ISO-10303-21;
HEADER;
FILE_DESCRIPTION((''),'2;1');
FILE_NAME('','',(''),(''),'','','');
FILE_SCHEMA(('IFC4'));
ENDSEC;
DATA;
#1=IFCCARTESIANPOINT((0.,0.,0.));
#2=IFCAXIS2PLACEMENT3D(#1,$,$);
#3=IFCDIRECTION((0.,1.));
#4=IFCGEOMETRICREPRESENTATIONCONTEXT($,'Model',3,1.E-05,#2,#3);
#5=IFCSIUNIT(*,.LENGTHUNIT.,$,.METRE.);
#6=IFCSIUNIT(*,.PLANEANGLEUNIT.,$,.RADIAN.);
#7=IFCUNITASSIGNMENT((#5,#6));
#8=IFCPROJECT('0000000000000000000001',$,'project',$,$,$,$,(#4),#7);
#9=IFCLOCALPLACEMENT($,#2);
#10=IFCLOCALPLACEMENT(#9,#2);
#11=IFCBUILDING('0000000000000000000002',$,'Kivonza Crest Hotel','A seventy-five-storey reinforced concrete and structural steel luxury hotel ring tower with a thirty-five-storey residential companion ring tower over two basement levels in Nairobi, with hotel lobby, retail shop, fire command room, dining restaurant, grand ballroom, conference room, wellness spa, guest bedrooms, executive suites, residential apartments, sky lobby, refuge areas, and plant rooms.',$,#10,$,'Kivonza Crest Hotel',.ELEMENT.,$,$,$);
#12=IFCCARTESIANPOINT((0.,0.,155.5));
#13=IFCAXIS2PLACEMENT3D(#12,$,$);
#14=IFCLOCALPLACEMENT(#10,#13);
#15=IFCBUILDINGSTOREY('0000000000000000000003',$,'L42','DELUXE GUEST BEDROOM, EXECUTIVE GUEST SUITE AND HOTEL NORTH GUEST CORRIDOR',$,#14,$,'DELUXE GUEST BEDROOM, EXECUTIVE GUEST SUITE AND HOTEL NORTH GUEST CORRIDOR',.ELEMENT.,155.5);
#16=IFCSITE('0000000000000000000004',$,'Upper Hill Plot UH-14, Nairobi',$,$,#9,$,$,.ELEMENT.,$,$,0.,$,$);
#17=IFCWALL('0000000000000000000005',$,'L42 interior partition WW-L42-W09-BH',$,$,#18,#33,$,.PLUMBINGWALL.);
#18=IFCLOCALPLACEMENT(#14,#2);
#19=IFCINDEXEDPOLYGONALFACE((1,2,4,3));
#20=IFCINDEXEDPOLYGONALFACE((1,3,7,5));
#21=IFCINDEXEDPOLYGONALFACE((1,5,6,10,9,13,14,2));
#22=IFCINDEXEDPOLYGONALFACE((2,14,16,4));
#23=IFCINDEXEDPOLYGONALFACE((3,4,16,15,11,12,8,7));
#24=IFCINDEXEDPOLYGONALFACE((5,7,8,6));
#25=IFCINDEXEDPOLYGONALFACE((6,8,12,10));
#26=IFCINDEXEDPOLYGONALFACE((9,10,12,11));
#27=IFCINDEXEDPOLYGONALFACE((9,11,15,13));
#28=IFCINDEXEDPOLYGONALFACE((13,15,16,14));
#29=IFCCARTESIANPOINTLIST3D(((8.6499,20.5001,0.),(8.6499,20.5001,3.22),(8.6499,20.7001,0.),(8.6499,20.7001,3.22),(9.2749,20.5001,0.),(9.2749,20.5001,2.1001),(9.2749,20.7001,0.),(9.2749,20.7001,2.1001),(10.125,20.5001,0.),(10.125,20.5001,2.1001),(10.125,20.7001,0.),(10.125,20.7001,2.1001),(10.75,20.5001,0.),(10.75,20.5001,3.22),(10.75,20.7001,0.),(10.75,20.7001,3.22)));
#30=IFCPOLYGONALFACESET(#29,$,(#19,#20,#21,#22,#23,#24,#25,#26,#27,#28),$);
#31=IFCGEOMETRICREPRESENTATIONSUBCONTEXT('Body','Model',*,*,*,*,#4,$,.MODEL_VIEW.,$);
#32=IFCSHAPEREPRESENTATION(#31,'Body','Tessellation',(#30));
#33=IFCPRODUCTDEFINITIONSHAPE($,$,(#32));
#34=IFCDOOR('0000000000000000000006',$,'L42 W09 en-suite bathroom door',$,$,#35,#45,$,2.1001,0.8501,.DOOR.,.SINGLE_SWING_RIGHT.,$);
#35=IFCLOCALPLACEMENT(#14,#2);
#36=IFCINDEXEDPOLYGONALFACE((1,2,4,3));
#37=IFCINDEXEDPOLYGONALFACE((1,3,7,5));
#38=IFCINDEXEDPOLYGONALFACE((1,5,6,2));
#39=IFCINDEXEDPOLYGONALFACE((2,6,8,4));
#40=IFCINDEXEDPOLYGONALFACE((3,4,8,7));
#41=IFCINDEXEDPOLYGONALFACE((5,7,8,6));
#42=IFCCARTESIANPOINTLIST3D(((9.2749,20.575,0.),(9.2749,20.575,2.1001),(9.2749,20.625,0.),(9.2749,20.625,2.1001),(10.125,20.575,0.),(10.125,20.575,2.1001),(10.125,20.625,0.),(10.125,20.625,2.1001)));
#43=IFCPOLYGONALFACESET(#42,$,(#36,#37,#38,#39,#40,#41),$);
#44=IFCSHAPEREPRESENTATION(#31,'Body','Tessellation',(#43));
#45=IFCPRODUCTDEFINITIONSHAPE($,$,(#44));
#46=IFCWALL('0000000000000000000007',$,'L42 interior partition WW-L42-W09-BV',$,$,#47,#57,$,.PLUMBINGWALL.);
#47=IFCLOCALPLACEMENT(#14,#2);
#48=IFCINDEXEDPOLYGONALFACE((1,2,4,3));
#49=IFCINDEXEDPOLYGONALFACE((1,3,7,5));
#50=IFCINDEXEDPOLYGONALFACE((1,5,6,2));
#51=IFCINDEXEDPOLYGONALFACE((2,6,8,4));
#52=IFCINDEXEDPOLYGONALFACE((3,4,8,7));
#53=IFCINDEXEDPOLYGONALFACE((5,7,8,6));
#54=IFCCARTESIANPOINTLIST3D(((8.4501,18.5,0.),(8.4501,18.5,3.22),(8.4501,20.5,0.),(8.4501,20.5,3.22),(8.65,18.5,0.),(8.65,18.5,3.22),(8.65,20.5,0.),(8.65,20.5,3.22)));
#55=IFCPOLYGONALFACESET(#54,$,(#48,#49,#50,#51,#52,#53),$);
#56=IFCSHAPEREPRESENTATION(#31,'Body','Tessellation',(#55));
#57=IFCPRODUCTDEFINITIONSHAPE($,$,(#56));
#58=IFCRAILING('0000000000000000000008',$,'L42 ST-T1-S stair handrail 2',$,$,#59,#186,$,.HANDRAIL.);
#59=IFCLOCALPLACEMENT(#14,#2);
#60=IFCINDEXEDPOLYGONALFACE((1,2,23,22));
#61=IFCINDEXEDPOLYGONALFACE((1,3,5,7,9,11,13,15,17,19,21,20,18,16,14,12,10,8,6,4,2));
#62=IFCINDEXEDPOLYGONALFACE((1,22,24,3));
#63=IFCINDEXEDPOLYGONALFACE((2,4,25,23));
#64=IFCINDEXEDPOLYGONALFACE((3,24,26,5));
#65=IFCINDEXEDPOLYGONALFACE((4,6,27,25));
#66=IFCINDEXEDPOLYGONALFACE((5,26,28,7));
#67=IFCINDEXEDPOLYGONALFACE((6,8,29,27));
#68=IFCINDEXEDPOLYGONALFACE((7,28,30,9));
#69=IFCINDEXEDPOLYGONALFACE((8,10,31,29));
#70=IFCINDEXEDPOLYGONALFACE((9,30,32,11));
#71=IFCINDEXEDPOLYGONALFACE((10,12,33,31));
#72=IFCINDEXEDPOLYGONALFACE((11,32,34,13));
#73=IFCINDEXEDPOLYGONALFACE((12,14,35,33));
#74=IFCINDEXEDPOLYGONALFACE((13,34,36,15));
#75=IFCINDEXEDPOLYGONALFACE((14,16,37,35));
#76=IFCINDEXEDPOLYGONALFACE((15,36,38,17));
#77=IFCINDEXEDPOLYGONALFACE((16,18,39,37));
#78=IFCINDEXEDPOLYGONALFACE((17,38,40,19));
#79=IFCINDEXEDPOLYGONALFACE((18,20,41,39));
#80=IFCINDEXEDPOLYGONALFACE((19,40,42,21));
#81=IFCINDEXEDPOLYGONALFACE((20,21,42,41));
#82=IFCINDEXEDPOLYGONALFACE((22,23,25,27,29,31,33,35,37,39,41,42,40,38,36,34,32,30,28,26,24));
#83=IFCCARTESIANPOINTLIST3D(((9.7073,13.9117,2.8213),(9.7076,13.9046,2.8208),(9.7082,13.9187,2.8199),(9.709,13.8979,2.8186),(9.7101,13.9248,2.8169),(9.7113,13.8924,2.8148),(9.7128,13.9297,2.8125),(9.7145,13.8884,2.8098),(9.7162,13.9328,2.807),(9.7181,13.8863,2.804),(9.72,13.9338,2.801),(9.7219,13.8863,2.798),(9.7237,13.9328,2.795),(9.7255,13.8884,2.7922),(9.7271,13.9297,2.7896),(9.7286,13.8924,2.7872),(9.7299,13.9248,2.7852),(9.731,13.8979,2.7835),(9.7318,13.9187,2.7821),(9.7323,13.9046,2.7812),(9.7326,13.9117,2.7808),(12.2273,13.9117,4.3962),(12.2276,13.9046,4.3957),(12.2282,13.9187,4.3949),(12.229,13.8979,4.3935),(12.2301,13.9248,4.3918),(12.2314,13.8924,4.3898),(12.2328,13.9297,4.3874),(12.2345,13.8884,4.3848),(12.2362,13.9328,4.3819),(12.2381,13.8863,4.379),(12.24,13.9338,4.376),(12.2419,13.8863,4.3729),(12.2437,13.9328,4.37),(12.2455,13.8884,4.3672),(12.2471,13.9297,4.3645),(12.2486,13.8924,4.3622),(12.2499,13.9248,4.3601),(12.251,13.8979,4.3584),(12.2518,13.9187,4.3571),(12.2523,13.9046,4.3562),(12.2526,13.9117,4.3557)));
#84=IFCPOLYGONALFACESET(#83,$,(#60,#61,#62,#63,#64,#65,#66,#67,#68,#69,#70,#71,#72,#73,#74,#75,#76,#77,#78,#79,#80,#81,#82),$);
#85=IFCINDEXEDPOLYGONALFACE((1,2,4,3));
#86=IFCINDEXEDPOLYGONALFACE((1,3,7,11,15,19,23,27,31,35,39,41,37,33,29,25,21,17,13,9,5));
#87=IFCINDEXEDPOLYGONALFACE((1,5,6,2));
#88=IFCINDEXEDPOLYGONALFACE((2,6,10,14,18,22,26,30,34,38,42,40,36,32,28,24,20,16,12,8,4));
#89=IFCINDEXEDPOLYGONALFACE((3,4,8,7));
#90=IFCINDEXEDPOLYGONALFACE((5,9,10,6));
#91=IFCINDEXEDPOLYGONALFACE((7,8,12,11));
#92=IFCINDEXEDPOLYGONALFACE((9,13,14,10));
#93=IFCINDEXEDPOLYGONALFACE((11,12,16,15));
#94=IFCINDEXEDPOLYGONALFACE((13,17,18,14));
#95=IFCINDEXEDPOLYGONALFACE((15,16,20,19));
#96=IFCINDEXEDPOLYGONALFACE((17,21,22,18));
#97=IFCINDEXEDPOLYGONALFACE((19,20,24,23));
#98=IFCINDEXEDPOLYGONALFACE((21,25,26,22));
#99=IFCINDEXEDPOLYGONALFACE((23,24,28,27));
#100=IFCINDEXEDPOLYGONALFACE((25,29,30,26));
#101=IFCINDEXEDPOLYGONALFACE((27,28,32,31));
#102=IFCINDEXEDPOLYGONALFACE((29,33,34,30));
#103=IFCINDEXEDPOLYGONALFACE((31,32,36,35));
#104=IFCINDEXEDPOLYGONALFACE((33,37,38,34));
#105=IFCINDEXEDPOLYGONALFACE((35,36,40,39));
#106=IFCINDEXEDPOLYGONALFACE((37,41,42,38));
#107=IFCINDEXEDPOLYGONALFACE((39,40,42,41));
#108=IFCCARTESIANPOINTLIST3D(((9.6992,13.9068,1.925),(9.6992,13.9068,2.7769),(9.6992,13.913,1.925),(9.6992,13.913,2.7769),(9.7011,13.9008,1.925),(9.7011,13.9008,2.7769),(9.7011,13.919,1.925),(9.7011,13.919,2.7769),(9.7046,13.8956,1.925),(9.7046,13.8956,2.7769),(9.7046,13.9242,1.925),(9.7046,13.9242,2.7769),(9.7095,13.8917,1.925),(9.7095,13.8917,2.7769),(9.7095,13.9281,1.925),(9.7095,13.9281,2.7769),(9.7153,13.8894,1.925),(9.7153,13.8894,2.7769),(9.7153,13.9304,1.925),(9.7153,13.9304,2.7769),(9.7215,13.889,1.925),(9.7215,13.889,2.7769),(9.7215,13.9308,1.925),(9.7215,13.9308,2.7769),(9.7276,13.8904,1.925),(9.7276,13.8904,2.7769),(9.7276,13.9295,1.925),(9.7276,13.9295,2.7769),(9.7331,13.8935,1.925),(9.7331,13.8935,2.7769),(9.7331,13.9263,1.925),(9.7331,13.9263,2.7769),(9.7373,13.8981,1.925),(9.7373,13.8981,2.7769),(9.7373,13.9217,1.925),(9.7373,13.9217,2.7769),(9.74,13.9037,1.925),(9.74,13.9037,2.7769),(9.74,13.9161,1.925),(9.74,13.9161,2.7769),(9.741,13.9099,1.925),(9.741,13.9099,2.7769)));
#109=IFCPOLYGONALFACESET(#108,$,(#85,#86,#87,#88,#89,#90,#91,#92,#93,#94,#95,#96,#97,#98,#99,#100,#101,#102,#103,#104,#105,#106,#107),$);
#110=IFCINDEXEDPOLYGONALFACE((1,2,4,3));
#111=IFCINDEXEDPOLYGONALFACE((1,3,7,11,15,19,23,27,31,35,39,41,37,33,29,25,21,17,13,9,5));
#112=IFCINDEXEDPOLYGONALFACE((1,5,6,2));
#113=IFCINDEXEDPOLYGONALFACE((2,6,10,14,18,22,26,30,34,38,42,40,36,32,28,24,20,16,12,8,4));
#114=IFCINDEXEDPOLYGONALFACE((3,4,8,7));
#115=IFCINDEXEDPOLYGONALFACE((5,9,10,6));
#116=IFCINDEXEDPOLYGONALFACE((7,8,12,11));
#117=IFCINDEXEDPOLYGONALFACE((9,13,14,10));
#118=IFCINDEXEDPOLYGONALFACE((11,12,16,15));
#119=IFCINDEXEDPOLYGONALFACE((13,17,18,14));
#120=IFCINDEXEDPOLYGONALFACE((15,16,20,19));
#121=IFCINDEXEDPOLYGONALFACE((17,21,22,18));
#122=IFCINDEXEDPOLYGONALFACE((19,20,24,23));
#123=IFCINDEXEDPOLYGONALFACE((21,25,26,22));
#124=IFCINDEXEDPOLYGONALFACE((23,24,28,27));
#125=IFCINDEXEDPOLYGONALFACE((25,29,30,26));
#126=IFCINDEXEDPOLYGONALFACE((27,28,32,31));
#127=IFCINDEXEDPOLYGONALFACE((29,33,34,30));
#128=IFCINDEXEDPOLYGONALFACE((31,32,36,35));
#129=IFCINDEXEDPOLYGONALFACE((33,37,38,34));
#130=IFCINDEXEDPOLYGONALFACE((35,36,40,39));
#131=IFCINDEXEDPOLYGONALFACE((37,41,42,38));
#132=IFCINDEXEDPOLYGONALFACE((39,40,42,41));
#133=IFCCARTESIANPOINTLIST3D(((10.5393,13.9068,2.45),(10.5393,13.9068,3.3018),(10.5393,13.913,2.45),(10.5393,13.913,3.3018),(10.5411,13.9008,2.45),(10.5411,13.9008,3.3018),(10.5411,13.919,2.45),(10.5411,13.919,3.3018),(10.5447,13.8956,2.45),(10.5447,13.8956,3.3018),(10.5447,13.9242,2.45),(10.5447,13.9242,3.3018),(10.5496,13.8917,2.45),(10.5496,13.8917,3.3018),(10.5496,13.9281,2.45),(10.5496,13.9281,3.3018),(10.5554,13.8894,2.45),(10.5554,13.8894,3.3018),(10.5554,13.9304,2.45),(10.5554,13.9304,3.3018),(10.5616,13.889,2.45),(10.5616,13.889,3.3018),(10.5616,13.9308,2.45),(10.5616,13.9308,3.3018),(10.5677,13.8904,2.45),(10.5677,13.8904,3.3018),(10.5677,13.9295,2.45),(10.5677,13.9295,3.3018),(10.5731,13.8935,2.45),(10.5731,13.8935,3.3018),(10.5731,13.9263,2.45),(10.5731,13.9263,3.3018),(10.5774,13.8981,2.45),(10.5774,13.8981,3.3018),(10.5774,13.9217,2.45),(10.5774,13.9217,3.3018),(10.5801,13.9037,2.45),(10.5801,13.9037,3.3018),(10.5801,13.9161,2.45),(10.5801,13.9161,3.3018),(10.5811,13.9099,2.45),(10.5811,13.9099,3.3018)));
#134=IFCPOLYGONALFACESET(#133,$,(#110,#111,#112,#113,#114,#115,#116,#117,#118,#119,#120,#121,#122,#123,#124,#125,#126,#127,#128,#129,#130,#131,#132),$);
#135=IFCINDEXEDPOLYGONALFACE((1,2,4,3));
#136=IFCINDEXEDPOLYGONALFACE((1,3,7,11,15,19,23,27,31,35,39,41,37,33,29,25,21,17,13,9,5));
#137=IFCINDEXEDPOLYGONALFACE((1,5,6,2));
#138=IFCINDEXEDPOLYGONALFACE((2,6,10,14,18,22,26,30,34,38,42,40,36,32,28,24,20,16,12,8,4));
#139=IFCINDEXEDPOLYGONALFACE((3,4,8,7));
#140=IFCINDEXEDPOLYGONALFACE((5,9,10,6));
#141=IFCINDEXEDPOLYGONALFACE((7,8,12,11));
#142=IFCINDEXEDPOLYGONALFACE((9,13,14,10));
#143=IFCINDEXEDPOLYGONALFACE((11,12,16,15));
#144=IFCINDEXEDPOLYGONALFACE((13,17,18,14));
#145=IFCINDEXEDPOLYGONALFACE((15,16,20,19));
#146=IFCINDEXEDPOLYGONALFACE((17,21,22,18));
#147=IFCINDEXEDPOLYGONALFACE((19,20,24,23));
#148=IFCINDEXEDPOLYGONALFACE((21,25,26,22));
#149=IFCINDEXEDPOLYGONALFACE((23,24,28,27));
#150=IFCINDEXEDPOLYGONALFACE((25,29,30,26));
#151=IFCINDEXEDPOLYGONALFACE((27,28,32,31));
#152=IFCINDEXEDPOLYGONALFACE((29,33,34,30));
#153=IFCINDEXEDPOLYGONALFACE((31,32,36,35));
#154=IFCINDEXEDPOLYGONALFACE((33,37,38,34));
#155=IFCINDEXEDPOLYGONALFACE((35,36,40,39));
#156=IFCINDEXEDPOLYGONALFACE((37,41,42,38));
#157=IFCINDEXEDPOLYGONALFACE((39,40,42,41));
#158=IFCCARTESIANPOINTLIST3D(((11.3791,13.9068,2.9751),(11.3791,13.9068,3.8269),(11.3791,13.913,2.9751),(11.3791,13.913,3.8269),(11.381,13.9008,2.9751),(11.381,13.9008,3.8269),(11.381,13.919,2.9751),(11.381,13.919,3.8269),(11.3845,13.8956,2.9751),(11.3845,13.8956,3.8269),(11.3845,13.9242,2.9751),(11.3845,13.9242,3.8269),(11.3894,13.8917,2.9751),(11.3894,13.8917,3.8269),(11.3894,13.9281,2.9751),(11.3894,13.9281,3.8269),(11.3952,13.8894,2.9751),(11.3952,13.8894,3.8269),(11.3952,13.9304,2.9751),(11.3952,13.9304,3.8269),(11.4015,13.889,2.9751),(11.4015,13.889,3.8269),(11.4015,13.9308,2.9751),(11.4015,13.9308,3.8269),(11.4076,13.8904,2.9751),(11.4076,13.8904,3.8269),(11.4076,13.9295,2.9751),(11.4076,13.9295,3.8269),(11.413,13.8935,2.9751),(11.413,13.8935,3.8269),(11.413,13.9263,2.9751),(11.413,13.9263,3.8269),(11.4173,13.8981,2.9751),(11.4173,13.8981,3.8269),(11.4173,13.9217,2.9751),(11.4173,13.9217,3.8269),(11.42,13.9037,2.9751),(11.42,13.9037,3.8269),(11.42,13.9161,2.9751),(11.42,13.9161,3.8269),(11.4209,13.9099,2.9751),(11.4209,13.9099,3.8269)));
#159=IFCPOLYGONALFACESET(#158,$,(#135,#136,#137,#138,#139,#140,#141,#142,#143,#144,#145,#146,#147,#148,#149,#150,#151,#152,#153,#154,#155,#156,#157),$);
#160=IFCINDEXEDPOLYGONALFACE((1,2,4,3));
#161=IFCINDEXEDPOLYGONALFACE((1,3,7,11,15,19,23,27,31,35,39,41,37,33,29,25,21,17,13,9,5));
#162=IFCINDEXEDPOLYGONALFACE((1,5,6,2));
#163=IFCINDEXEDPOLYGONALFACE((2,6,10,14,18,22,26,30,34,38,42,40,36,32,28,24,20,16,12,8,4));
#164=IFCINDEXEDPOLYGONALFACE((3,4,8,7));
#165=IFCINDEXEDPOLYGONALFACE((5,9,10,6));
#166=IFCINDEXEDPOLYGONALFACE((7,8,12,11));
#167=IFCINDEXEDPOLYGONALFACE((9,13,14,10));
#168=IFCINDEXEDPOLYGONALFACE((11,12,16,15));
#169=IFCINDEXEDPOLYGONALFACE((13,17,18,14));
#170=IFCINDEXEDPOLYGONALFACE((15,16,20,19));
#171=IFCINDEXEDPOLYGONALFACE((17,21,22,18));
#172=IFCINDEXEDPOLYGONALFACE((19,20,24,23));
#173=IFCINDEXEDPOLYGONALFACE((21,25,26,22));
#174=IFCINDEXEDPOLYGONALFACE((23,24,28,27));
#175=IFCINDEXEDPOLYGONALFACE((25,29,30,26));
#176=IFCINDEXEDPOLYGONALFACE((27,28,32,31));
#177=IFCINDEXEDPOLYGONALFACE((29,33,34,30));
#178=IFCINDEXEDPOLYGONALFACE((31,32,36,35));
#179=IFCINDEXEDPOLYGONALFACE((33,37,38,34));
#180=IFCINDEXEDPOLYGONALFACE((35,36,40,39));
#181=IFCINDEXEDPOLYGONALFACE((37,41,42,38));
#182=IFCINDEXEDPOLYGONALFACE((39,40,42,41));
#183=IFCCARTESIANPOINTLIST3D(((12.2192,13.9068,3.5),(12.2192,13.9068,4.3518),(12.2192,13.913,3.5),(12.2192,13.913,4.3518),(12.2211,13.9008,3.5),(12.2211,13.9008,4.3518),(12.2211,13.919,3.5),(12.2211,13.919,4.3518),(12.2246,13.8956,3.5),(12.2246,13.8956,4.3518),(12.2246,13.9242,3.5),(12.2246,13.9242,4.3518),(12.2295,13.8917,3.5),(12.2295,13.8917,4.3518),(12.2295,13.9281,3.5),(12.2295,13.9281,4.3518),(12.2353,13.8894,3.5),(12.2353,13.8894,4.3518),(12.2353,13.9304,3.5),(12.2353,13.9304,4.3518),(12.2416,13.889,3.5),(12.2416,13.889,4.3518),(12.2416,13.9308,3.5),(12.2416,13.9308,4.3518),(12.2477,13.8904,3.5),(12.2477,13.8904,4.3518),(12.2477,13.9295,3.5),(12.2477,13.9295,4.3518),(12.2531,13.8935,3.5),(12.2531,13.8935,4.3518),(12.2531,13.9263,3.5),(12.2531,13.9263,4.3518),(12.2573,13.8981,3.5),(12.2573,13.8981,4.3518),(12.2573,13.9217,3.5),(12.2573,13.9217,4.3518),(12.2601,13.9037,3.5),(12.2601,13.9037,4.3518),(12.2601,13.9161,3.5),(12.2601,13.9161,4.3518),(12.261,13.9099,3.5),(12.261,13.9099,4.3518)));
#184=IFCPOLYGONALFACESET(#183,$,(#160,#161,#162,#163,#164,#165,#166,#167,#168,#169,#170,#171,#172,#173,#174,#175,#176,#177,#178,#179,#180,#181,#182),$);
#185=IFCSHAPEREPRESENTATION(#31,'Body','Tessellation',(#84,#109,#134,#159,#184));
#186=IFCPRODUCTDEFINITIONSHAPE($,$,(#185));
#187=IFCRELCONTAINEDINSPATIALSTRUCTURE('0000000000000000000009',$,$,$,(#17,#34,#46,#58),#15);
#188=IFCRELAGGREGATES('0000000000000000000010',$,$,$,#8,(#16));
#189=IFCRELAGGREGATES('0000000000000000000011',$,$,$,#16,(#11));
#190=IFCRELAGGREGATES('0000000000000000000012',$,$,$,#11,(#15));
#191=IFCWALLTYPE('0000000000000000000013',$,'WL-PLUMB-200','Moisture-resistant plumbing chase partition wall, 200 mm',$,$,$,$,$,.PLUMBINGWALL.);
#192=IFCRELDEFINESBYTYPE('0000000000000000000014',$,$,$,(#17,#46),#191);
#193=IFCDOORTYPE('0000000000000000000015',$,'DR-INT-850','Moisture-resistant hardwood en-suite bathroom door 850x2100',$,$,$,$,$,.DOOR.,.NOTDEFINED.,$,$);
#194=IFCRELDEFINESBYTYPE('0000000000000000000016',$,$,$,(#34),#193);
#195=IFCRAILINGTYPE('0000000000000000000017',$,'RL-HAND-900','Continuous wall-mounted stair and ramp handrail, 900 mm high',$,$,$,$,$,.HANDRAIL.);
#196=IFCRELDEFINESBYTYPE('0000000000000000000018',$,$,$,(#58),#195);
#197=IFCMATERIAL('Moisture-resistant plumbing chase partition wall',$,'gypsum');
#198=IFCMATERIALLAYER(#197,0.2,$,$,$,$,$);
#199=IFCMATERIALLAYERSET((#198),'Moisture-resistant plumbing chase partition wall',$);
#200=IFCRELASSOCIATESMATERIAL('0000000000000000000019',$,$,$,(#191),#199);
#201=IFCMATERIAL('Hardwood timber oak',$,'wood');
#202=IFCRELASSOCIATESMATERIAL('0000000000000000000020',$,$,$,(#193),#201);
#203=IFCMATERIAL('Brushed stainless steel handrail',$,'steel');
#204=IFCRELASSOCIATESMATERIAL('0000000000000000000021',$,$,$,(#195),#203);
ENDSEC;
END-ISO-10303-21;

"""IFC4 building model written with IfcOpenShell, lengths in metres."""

from ifc_helpers import new_model, si_unit, direction, frame, frame_2d, origin, origin_2d, place, context, subcontext, project, spatial, rectangle, circle, extrude, material, layer, layer_set, type_object, element, fill, save


model = new_model("IFC4")

# Units and contexts
model_context = context("Model", 3, precision=1e-05, world=origin(), true_north=direction((0.0, 1.0)))
body_context = subcontext(model_context, "Body", "Model", "MODEL_VIEW")
ifc_project = project(units=[si_unit("LENGTHUNIT", "METRE"), si_unit("PLANEANGLEUNIT", "RADIAN")], contexts=[model_context])

# Site, building, storey
site_placement = place(None, origin())
site = spatial("IfcSite", under=ifc_project, at=site_placement, Name="Upper Hill Plot UH-14, Nairobi", CompositionType="ELEMENT", RefElevation=0.0)
building_placement = place(site_placement, origin())
building = spatial("IfcBuilding", under=site, at=building_placement, Name="Kivonza Crest Hotel", Description="A seventy-five-storey reinforced concrete and structural steel luxury hotel ring tower with a thirty-five-storey residential companion ring tower over two basement levels in Nairobi, with hotel lobby, retail shop, fire command room, dining restaurant, grand ballroom, conference room, wellness spa, guest bedrooms, executive suites, residential apartments, sky lobby, refuge areas, and plant rooms.", LongName="Kivonza Crest Hotel", CompositionType="ELEMENT")
storey_placement = place(building_placement, frame((0.0, 0.0, 155.5)))
storey = spatial("IfcBuildingStorey", under=building, at=storey_placement, Name="L42", Description="DELUXE GUEST BEDROOM, EXECUTIVE GUEST SUITE AND HOTEL NORTH GUEST CORRIDOR", LongName="DELUXE GUEST BEDROOM, EXECUTIVE GUEST SUITE AND HOTEL NORTH GUEST CORRIDOR", CompositionType="ELEMENT", Elevation=155.5)

# Shared definitions
ifc_material_1 = material(Name="Hardwood timber oak", Category="wood")

# Wall, opening, door
ifc_material_2 = material(Name="Moisture-resistant plumbing chase partition wall", Category="gypsum")
ifc_layer_1 = layer(ifc_material_2, 0.2)
ifc_layer_set_1 = layer_set([ifc_layer_1], Name="Moisture-resistant plumbing chase partition wall")
wall_type_1 = type_object("IfcWallType", Name="WL-PLUMB-200", Description="Moisture-resistant plumbing chase partition wall, 200 mm", PredefinedType="PLUMBINGWALL", material=ifc_layer_set_1)
wall_1_placement = place(storey_placement, frame((8.6499, 20.6001, 0.0), z_axis=(0.0, 0.0, 1.0), x_axis=(1.0, 0.0, 0.0)))
wall_1 = element("IfcWall", 1, at=wall_1_placement, inside=storey, type_object=wall_type_1, Name="L42 interior partition WW-L42-W09-BH", PredefinedType="PLUMBINGWALL", context=body_context, shape_type="SweptSolid", body=[
    extrude(rectangle(XDim=2.1001, YDim=0.2, at=frame_2d((1.05, 0.0))), origin(), (0.0, 0.0, 1.0), 3.22),
])
opening_1_placement = place(wall_1_placement, frame((0.625, 0.0, 0.0)))
opening_1 = element("IfcOpeningElement", 2, at=opening_1_placement, cuts=wall_1, PredefinedType="OPENING", context=body_context, shape_type="SweptSolid", body=[
    extrude(rectangle(XDim=0.8501, YDim=2.1001, at=frame_2d((0.425, 1.05))), frame((0.0, 0.1099, 0.0), z_axis=(0.0, -1.0, 0.0), x_axis=(1.0, 0.0, 0.0)), (0.0, 0.0, 1.0), 0.22),
])
door_type_1 = type_object("IfcDoorType", Name="DR-INT-850", Description="Moisture-resistant hardwood en-suite bathroom door 850x2100", OperationType="NOTDEFINED", PredefinedType="DOOR", material=ifc_material_1)
door_1_placement = place(opening_1_placement, origin())
door_1 = element("IfcDoor", 3, at=door_1_placement, inside=storey, type_object=door_type_1, Name="L42 W09 en-suite bathroom door", OperationType="SINGLE_SWING_RIGHT", OverallHeight=2.1001, OverallWidth=0.8501, PredefinedType="DOOR", context=body_context, shape_type="SweptSolid", body=[
    extrude(rectangle(XDim=0.8501, YDim=2.1001, at=frame_2d((0.425, 1.05))), frame((0.0, 0.0249, 0.0), z_axis=(0.0, -1.0, 0.0), x_axis=(1.0, 0.0, 0.0)), (0.0, 0.0, 1.0), 0.05),
])
fill(opening_1, door_1)

# Wall
wall_2_placement = place(storey_placement, frame((8.55, 18.5, 0.0), z_axis=(0.0, 0.0, 1.0), x_axis=(0.0, 1.0, 0.0)))
element("IfcWall", 4, at=wall_2_placement, inside=storey, type_object=wall_type_1, Name="L42 interior partition WW-L42-W09-BV", PredefinedType="PLUMBINGWALL", context=body_context, shape_type="SweptSolid", body=[
    extrude(rectangle(XDim=2.0, YDim=0.2, at=frame_2d((1.0, 0.0))), origin(), (0.0, 0.0, 1.0), 3.22),
])

# Railing
ifc_material_3 = material(Name="Brushed stainless steel handrail", Category="steel")
railing_type_1 = type_object("IfcRailingType", Name="RL-HAND-900", Description="Continuous wall-mounted stair and ramp handrail, 900 mm high", PredefinedType="HANDRAIL", material=ifc_material_3)
railing_1_placement = place(storey_placement, frame((9.72, 13.9099, 1.925)))
element("IfcRailing", 5, at=railing_1_placement, inside=storey, type_object=railing_type_1, Name="L42 ST-T1-S stair handrail 2", PredefinedType="HANDRAIL", context=body_context, shape_type="SweptSolid", body=[
    extrude(circle(Radius=0.0239, at=origin_2d()), frame((0.0, 0.0, 0.876), z_axis=(0.848008, 0.0, 0.529984), x_axis=(0.0, 1.0, 0.0)), (0.0, 0.0, 1.0), 2.9717),
    extrude(circle(Radius=0.021, at=origin_2d()), origin(), (0.0, 0.0, 1.0), 0.8518),
    extrude(circle(Radius=0.021, at=origin_2d()), frame((0.8401, 0.0, 0.5249)), (0.0, 0.0, 1.0), 0.8518),
    extrude(circle(Radius=0.021, at=origin_2d()), frame((1.6799, 0.0, 1.05)), (0.0, 0.0, 1.0), 0.8518),
    extrude(circle(Radius=0.021, at=origin_2d()), frame((2.52, 0.0, 1.575)), (0.0, 0.0, 1.0), 0.8518),
])

save(model, "model.ifc")
